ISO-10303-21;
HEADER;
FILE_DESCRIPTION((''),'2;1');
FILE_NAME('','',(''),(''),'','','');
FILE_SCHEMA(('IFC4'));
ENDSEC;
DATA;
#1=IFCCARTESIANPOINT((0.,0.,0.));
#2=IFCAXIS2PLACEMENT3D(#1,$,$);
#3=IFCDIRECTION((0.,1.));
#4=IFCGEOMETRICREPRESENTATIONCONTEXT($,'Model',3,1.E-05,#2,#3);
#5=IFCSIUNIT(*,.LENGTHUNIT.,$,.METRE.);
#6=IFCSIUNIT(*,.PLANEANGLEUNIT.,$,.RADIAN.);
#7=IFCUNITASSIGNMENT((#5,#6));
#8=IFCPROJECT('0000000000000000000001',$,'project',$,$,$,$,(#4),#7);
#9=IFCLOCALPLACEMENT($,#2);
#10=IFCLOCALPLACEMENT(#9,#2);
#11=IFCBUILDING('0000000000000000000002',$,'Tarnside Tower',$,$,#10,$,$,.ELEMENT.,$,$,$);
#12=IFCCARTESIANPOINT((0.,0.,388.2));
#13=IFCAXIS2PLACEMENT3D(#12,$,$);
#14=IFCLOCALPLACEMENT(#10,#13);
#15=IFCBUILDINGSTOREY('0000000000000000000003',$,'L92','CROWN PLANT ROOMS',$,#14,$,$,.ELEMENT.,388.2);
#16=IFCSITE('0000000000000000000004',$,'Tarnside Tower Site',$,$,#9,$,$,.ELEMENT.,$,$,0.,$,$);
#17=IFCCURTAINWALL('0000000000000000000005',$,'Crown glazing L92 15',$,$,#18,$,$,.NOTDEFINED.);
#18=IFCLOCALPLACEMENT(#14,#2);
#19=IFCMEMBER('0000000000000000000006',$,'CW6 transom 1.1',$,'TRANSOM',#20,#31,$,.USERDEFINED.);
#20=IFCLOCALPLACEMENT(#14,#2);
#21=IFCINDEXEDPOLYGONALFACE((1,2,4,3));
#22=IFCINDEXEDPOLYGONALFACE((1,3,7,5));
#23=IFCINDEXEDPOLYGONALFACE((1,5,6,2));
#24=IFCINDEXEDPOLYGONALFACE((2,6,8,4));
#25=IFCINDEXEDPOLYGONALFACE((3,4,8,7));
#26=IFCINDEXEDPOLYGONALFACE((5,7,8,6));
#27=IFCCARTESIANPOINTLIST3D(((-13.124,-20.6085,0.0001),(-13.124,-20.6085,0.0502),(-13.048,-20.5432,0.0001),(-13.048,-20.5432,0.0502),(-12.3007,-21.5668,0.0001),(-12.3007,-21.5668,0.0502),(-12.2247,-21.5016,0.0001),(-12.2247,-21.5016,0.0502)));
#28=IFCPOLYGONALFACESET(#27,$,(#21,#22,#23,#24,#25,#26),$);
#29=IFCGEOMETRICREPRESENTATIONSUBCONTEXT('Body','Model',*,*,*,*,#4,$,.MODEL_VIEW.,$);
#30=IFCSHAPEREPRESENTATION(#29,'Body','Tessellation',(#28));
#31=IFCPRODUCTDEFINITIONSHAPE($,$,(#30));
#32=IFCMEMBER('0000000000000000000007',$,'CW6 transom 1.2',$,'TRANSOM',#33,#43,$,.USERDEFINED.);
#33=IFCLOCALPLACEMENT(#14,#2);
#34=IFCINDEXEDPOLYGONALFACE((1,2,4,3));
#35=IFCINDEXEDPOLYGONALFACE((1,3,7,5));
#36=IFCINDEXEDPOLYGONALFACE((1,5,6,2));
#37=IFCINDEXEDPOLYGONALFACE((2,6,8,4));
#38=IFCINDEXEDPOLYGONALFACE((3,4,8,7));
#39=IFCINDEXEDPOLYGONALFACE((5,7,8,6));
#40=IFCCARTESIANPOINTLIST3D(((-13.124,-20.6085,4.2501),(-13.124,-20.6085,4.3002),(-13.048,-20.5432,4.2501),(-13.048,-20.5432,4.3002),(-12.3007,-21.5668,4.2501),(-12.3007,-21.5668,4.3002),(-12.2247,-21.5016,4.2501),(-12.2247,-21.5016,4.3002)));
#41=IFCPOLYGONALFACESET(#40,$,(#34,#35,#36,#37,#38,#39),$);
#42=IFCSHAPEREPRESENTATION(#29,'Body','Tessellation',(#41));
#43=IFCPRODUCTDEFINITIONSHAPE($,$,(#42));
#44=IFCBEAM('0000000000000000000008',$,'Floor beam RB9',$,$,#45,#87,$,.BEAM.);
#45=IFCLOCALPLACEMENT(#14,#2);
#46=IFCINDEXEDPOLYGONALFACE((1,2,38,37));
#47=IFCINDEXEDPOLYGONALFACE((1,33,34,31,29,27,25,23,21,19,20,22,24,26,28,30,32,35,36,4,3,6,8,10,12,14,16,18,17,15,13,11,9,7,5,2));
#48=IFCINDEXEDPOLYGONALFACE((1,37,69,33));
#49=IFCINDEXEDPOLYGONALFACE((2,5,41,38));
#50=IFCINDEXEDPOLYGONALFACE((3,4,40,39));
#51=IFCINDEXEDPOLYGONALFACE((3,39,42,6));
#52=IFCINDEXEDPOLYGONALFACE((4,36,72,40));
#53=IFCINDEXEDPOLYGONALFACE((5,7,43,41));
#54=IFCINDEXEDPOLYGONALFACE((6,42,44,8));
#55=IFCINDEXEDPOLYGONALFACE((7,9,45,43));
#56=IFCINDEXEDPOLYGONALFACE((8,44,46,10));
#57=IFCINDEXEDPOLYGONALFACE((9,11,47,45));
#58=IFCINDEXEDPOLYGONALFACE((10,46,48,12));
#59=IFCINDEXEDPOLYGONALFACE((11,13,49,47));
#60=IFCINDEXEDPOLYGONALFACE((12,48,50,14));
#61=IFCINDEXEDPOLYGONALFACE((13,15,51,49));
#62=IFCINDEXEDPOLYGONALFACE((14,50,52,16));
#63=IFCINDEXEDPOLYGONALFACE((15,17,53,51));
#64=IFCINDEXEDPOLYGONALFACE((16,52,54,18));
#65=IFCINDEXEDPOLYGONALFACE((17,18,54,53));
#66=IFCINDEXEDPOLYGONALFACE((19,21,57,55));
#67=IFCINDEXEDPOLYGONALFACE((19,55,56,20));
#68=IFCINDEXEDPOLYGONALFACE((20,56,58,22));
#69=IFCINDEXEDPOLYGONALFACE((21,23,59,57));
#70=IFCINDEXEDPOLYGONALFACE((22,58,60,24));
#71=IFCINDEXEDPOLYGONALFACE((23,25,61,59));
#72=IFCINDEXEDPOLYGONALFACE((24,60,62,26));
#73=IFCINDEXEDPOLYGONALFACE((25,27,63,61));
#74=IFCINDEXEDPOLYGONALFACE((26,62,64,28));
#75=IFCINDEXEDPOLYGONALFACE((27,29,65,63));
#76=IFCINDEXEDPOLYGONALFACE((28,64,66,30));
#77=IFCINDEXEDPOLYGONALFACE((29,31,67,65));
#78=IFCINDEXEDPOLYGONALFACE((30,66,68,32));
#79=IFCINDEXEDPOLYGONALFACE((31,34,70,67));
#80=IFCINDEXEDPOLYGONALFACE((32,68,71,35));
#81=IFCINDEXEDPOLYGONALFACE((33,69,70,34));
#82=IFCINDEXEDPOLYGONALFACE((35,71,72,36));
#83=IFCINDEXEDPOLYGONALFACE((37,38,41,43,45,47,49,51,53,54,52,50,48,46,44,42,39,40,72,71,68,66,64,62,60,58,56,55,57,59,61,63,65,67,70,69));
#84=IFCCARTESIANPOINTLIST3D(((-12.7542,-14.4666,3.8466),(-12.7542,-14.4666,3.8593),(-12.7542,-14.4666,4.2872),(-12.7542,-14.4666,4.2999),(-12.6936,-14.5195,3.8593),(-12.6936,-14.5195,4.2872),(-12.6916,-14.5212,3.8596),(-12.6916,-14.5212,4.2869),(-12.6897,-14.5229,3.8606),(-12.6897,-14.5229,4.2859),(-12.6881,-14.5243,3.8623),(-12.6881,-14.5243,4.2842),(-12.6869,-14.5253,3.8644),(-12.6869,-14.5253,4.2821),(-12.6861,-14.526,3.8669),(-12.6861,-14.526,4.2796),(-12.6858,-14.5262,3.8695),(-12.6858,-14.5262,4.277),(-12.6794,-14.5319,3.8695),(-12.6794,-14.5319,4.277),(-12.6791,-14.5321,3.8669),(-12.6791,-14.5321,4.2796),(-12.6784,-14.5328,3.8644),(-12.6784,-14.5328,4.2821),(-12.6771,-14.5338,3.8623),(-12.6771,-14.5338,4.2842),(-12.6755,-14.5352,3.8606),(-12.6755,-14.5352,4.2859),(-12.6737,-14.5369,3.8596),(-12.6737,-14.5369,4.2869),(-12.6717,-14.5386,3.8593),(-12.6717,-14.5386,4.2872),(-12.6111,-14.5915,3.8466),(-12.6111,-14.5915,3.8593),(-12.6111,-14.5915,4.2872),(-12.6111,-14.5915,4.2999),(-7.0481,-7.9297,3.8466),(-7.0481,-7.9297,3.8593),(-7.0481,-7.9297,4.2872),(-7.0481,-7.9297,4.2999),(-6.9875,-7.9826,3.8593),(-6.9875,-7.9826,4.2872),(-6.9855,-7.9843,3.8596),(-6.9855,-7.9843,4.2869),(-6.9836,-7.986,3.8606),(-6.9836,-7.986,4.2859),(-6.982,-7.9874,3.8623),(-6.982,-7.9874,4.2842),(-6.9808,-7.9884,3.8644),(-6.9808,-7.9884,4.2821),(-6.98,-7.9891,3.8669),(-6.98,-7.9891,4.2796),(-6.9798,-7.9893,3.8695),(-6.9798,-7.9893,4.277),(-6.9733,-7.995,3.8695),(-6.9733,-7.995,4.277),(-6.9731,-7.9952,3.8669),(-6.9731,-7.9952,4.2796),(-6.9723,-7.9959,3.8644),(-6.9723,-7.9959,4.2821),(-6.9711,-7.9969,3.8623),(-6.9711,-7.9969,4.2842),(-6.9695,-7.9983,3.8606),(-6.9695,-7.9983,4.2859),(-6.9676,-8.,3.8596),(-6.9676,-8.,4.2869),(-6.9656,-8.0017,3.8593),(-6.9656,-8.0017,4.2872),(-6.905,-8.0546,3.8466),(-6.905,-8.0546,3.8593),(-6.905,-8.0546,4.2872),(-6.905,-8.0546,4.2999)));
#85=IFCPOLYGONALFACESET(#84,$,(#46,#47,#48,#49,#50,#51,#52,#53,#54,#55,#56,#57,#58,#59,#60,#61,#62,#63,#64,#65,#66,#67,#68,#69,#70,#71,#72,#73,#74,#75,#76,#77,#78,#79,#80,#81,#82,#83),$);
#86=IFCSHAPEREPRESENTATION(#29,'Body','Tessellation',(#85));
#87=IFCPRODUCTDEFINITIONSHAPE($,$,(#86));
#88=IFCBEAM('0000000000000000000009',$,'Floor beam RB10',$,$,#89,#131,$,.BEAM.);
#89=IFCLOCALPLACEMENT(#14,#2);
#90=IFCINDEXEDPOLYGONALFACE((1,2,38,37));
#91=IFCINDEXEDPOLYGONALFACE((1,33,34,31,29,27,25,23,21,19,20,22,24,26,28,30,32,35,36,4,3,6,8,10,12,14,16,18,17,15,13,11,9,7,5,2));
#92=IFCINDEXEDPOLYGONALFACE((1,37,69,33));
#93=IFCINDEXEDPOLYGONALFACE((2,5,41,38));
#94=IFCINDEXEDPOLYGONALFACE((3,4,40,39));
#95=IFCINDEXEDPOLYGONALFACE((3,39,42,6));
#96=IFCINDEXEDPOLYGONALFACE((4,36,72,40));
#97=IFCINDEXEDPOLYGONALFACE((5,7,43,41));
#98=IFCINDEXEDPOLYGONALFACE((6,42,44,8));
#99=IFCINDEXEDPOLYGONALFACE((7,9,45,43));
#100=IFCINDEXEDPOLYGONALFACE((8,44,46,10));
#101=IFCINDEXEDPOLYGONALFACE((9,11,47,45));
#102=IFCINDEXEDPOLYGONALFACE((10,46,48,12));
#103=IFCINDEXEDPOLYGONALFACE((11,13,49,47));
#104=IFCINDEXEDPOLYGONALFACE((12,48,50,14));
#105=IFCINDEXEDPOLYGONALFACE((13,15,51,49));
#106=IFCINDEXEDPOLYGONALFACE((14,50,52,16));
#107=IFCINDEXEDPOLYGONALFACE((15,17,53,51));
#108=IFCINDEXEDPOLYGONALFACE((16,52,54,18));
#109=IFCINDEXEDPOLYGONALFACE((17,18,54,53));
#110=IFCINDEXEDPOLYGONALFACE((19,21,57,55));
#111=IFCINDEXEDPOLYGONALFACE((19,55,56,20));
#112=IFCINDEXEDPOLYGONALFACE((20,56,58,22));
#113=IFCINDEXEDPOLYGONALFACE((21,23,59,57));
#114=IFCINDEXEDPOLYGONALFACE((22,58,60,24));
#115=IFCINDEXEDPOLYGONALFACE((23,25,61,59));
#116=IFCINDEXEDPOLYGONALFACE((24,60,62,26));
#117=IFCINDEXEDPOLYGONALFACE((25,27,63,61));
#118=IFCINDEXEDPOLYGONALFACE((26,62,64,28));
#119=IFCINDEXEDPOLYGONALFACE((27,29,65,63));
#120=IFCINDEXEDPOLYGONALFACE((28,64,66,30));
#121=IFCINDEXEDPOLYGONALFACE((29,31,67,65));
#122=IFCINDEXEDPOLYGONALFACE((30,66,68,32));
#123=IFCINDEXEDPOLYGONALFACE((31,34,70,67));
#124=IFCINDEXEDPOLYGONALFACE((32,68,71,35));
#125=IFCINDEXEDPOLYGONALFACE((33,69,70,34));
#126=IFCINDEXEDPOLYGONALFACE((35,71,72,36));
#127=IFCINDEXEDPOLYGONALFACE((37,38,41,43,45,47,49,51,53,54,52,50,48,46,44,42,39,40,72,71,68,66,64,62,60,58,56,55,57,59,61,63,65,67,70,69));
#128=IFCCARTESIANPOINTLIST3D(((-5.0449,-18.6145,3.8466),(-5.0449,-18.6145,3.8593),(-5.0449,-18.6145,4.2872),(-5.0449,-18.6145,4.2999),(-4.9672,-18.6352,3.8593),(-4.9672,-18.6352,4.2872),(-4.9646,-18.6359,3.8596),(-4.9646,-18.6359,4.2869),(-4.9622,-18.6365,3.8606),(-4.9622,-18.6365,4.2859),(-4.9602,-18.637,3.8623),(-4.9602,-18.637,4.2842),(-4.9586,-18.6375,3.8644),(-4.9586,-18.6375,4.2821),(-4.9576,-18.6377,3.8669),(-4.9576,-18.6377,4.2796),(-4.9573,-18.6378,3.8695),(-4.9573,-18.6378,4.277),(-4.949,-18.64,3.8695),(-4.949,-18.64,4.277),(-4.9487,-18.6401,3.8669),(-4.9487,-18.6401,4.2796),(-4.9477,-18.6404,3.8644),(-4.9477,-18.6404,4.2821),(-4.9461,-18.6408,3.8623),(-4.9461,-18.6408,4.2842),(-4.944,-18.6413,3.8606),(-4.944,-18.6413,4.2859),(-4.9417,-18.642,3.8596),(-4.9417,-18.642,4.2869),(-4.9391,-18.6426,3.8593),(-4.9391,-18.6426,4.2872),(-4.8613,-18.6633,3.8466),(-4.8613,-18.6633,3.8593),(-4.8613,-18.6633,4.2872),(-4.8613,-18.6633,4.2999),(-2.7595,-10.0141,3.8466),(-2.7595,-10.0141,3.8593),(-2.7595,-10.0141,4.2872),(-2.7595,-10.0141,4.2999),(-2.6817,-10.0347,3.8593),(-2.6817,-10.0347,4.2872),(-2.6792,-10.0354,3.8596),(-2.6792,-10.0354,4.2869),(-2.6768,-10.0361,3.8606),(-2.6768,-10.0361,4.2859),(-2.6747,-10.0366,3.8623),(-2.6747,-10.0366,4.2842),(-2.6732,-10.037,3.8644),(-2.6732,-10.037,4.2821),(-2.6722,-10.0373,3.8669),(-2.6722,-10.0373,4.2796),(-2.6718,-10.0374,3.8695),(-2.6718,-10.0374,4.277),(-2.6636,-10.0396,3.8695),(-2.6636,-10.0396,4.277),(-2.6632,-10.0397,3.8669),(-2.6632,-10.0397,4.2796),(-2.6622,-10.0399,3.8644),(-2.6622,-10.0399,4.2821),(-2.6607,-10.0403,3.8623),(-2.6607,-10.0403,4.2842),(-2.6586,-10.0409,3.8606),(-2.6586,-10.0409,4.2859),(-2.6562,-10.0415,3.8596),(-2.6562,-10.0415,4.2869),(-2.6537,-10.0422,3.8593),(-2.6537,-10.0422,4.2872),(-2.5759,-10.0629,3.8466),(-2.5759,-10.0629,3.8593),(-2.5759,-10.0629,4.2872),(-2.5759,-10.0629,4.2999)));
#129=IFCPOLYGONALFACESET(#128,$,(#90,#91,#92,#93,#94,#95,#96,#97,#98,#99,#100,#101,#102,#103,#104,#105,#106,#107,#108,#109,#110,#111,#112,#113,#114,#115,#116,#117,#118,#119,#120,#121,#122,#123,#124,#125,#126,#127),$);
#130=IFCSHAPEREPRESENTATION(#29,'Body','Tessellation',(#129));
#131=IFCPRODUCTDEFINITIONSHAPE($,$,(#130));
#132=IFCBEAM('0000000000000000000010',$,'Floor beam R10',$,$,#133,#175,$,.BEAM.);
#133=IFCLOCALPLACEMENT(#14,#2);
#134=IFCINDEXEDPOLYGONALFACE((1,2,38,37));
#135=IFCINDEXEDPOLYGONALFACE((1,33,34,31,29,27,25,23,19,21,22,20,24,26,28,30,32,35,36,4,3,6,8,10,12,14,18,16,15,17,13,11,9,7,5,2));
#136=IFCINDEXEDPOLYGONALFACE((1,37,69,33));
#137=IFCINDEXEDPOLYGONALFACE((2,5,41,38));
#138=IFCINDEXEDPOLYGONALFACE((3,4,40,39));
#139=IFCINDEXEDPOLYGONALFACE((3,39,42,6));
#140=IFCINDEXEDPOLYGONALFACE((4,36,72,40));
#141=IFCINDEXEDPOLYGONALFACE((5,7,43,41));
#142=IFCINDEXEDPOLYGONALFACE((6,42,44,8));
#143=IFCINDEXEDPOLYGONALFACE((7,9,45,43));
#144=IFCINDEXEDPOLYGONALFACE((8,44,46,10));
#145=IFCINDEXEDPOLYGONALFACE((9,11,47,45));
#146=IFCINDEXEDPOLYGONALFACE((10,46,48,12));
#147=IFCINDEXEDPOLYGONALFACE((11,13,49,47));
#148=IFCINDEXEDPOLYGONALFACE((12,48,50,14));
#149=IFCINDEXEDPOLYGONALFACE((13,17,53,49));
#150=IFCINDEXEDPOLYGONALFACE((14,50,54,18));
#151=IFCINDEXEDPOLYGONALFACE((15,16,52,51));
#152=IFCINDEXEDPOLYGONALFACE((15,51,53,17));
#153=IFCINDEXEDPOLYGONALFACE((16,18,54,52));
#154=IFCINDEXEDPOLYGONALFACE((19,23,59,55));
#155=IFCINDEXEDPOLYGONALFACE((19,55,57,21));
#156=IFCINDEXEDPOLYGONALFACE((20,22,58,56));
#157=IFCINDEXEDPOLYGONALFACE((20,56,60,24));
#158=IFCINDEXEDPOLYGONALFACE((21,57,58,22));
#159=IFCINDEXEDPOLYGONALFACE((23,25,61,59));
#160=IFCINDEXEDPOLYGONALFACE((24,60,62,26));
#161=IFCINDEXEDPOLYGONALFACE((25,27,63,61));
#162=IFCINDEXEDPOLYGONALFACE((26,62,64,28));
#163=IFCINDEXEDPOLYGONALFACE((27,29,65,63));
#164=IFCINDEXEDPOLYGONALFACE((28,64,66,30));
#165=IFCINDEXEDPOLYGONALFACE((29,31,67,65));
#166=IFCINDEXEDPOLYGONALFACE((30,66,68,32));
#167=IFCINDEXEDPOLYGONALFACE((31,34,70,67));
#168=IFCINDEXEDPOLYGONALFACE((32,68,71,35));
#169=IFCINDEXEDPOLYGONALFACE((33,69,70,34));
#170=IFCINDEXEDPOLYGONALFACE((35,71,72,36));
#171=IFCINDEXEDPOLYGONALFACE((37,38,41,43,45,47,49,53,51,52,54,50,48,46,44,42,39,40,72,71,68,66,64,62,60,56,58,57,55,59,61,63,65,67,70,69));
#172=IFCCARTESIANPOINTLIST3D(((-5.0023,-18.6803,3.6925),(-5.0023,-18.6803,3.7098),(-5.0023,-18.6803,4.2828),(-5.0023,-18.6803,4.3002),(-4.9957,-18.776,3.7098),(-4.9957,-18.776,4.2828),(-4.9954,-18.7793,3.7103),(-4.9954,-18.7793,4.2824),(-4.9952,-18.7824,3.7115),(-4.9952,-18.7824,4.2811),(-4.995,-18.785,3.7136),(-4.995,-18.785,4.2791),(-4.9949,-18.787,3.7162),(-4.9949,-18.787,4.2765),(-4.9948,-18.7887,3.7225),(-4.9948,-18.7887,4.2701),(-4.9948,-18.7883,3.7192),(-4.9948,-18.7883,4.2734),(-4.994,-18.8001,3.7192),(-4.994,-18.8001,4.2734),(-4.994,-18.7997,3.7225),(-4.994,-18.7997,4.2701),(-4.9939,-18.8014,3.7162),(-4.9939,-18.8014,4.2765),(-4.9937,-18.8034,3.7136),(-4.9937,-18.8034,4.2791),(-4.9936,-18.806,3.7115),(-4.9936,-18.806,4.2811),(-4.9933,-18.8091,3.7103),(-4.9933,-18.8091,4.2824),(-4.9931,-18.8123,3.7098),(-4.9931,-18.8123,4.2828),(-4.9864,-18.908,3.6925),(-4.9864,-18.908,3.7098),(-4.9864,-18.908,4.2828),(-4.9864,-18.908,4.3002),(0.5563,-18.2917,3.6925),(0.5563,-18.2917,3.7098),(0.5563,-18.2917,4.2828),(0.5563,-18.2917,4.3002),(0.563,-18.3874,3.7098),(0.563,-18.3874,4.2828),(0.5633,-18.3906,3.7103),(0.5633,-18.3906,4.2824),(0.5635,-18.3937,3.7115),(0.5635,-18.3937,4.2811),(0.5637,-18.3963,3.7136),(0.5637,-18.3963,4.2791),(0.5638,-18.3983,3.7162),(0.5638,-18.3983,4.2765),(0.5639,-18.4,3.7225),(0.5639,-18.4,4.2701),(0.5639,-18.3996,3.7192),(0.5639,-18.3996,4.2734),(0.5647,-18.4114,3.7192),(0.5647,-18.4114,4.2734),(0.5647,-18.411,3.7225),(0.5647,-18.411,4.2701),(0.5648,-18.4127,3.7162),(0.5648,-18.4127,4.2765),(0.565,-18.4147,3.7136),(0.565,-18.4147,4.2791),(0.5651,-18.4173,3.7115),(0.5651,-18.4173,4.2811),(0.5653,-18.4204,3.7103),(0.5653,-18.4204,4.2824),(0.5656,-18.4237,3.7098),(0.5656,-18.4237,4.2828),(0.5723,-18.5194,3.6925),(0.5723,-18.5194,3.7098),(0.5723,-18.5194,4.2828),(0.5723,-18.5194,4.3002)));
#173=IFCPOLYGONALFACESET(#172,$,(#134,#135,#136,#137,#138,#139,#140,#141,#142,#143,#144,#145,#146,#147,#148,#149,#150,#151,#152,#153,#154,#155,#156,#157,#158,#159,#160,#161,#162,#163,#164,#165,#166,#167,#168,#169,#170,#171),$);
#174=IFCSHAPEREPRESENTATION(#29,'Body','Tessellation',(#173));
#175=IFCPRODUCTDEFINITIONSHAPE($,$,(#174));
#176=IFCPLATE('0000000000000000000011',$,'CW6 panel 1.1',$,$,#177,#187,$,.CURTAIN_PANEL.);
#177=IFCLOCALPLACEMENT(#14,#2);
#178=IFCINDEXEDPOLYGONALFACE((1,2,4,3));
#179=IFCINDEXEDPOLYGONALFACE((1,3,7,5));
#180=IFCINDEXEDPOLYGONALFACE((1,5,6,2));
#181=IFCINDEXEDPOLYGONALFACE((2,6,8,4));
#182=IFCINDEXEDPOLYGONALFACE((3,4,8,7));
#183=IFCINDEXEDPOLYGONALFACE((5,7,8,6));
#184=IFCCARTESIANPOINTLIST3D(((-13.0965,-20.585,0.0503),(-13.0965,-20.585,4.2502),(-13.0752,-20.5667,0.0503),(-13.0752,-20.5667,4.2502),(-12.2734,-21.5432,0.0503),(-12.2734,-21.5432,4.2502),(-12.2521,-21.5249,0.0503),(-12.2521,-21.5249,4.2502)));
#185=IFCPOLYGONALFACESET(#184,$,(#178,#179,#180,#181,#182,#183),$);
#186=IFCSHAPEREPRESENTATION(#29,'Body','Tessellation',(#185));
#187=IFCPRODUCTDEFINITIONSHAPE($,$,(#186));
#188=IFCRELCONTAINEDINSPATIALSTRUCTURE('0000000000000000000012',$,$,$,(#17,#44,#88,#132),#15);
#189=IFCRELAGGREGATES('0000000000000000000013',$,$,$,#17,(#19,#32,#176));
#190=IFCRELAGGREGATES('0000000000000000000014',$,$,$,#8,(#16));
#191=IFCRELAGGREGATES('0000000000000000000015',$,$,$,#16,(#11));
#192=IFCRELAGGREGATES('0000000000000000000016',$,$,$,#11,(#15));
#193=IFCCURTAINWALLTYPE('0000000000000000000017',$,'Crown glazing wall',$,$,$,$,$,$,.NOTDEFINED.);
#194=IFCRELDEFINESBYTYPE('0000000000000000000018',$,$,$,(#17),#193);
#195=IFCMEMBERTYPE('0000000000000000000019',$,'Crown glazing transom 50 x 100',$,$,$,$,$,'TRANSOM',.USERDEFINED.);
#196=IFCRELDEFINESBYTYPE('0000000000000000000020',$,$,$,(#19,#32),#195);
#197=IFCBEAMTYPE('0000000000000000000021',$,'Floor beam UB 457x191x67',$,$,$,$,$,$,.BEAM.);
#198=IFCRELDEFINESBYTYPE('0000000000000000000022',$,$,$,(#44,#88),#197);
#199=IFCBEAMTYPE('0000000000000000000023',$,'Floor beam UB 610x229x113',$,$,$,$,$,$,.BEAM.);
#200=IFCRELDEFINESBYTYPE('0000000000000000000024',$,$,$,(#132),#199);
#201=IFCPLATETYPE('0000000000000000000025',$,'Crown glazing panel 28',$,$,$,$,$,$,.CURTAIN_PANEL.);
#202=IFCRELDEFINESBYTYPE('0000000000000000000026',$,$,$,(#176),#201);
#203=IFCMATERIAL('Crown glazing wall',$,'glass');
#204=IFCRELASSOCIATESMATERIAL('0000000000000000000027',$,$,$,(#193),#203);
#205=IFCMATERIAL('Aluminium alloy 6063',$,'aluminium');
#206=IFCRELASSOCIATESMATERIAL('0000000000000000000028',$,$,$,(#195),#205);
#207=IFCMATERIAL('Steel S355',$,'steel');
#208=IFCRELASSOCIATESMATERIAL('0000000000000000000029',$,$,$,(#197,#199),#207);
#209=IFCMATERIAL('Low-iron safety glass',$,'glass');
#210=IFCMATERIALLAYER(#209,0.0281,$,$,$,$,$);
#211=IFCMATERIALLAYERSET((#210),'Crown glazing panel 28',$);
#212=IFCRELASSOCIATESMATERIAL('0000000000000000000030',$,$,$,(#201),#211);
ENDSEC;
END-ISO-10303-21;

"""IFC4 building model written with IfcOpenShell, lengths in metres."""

from ifc_helpers import new_model, si_unit, direction, frame, origin, origin_2d, place, context, subcontext, project, spatial, rectangle, i_section, extrude, material, layer, layer_set, material_profile, profile_set, type_object, element, aggregate, save


model = new_model("IFC4")

# Units and contexts
model_context = context("Model", 3, precision=1e-05, world=origin(), true_north=direction((0.0, 1.0)))
body_context = subcontext(model_context, "Body", "Model", "MODEL_VIEW")
ifc_project = project(units=[si_unit("LENGTHUNIT", "METRE"), si_unit("PLANEANGLEUNIT", "RADIAN")], contexts=[model_context])

# Site, building, storey
site_placement = place(None, origin())
site = spatial("IfcSite", under=ifc_project, at=site_placement, Name="Tarnside Tower Site", CompositionType="ELEMENT", RefElevation=0.0)
building_placement = place(site_placement, origin())
building = spatial("IfcBuilding", under=site, at=building_placement, Name="Tarnside Tower", CompositionType="ELEMENT")
storey_placement = place(building_placement, frame((0.0, 0.0, 388.2)))
storey = spatial("IfcBuildingStorey", under=building, at=storey_placement, Name="L92", Description="CROWN PLANT ROOMS", CompositionType="ELEMENT", Elevation=388.2)

# Curtain wall, members
ifc_material_1 = material(Name="Crown glazing wall", Category="glass")
curtain_wall_type = type_object("IfcCurtainWallType", Name="Crown glazing wall", PredefinedType="NOTDEFINED", material=ifc_material_1)
curtain_wall_placement = place(storey_placement, origin())
curtain_wall = element("IfcCurtainWall", 1, at=curtain_wall_placement, inside=storey, type_object=curtain_wall_type, Name="Crown glazing L92 15", PredefinedType="NOTDEFINED")
ifc_material_2 = material(Name="Aluminium alloy 6063", Category="aluminium")
ifc_material_profile_1 = material_profile(ifc_material_2, rectangle(XDim=0.1001, YDim=0.05, at=origin_2d()), Name="Crown glazing transom 50 x 100")
ifc_profile_set_1 = profile_set([ifc_material_profile_1], Name="Aluminium alloy 6063")
member_type = type_object("IfcMemberType", Name="Crown glazing transom 50 x 100", ElementType="TRANSOM", PredefinedType="USERDEFINED", material=ifc_profile_set_1)
member_1_placement = place(storey_placement, frame((-12.2627, -21.5342, 0.0251), z_axis=(-0.65165, 0.758519, 0.0), x_axis=(-0.758519, -0.65165, 0.0)))
member_1 = element("IfcMember", 2, at=member_1_placement, type_object=member_type, Name="CW6 transom 1.1", ObjectType="TRANSOM", PredefinedType="USERDEFINED", context=body_context, shape_type="SweptSolid", body=[
    extrude(rectangle(XDim=0.1001, YDim=0.05, at=origin_2d()), origin(), (0.0, 0.0, 1.0), 1.2634),
])
member_2_placement = place(storey_placement, frame((-12.2627, -21.5342, 4.2751), z_axis=(-0.65165, 0.758519, 0.0), x_axis=(-0.758519, -0.65165, 0.0)))
member_2 = element("IfcMember", 3, at=member_2_placement, type_object=member_type, Name="CW6 transom 1.2", ObjectType="TRANSOM", PredefinedType="USERDEFINED", context=body_context, shape_type="SweptSolid", body=[
    extrude(rectangle(XDim=0.1001, YDim=0.05, at=origin_2d()), origin(), (0.0, 0.0, 1.0), 1.2634),
])

# Beams
ifc_material_3 = material(Name="Steel S355", Category="steel")
ifc_material_profile_2 = material_profile(ifc_material_3, i_section(OverallWidth=0.1899, OverallDepth=0.4534, WebThickness=0.0085, FlangeThickness=0.0127, FilletRadius=0.0103, at=origin_2d()), Name="UB 457x191x67")
ifc_profile_set_2 = profile_set([ifc_material_profile_2], Name="Steel S355")
beam_type_1 = type_object("IfcBeamType", Name="Floor beam UB 457x191x67", PredefinedType="BEAM", material=ifc_profile_set_2)
beam_1_placement = place(storey_placement, frame((-12.6826, -14.5291, 4.0732), z_axis=(0.65761, 0.753359, 0.0), x_axis=(-0.753359, 0.65761, 0.0)))
element("IfcBeam", 4, at=beam_1_placement, inside=storey, type_object=beam_type_1, Name="Floor beam RB9", PredefinedType="BEAM", context=body_context, shape_type="SweptSolid", body=[
    extrude(i_section(OverallWidth=0.1899, OverallDepth=0.4534, WebThickness=0.0085, FlangeThickness=0.0127, FilletRadius=0.0103, at=origin_2d()), origin(), (0.0, 0.0, 1.0), 8.677),
])
beam_2_placement = place(storey_placement, frame((-4.9531, -18.6389, 4.0732), z_axis=(0.256821, 0.966459, 0.0), x_axis=(-0.966459, 0.256821, 0.0)))
element("IfcBeam", 5, at=beam_2_placement, inside=storey, type_object=beam_type_1, Name="Floor beam RB10", PredefinedType="BEAM", context=body_context, shape_type="SweptSolid", body=[
    extrude(i_section(OverallWidth=0.1899, OverallDepth=0.4534, WebThickness=0.0085, FlangeThickness=0.0127, FilletRadius=0.0103, at=origin_2d()), origin(), (0.0, 0.0, 1.0), 8.8989),
])
ifc_material_profile_3 = material_profile(ifc_material_3, i_section(OverallWidth=0.2283, OverallDepth=0.6077, WebThickness=0.011, FlangeThickness=0.0173, FilletRadius=0.0127, at=origin_2d()), Name="UB 610x229x113")
ifc_profile_set_3 = profile_set([ifc_material_profile_3], Name="Steel S355")
beam_type_2 = type_object("IfcBeamType", Name="Floor beam UB 610x229x113", PredefinedType="BEAM", material=ifc_profile_set_3)
beam_3_placement = place(storey_placement, frame((-4.9944, -18.7942, 3.9963), z_axis=(0.997564, 0.069752, 0.0), x_axis=(-0.069752, 0.997564, 0.0)))
element("IfcBeam", 6, at=beam_3_placement, inside=storey, type_object=beam_type_2, Name="Floor beam R10", PredefinedType="BEAM", context=body_context, shape_type="SweptSolid", body=[
    extrude(i_section(OverallWidth=0.2283, OverallDepth=0.6077, WebThickness=0.011, FlangeThickness=0.0173, FilletRadius=0.0127, at=origin_2d()), origin(), (0.0, 0.0, 1.0), 5.5723),
])

# Plate
ifc_material_4 = material(Name="Low-iron safety glass", Category="glass")
ifc_layer_1 = layer(ifc_material_4, 0.0281)
ifc_layer_set_1 = layer_set([ifc_layer_1], Name="Crown glazing panel 28")
plate_type = type_object("IfcPlateType", Name="Crown glazing panel 28", PredefinedType="CURTAIN_PANEL", material=ifc_layer_set_1)
plate_placement = place(storey_placement, frame((-12.6743, -21.0549, 0.0503), z_axis=(0.0, 0.0, 1.0), x_axis=(-0.651657, 0.758514, 0.0)))
plate = element("IfcPlate", 7, at=plate_placement, type_object=plate_type, Name="CW6 panel 1.1", PredefinedType="CURTAIN_PANEL", context=body_context, shape_type="SweptSolid", body=[
    extrude(rectangle(XDim=1.2632, YDim=0.0281, at=origin_2d()), origin(), (0.0, 0.0, 1.0), 4.2),
])
aggregate(curtain_wall, [member_1, member_2, plate])

save(model, "model.ifc")
